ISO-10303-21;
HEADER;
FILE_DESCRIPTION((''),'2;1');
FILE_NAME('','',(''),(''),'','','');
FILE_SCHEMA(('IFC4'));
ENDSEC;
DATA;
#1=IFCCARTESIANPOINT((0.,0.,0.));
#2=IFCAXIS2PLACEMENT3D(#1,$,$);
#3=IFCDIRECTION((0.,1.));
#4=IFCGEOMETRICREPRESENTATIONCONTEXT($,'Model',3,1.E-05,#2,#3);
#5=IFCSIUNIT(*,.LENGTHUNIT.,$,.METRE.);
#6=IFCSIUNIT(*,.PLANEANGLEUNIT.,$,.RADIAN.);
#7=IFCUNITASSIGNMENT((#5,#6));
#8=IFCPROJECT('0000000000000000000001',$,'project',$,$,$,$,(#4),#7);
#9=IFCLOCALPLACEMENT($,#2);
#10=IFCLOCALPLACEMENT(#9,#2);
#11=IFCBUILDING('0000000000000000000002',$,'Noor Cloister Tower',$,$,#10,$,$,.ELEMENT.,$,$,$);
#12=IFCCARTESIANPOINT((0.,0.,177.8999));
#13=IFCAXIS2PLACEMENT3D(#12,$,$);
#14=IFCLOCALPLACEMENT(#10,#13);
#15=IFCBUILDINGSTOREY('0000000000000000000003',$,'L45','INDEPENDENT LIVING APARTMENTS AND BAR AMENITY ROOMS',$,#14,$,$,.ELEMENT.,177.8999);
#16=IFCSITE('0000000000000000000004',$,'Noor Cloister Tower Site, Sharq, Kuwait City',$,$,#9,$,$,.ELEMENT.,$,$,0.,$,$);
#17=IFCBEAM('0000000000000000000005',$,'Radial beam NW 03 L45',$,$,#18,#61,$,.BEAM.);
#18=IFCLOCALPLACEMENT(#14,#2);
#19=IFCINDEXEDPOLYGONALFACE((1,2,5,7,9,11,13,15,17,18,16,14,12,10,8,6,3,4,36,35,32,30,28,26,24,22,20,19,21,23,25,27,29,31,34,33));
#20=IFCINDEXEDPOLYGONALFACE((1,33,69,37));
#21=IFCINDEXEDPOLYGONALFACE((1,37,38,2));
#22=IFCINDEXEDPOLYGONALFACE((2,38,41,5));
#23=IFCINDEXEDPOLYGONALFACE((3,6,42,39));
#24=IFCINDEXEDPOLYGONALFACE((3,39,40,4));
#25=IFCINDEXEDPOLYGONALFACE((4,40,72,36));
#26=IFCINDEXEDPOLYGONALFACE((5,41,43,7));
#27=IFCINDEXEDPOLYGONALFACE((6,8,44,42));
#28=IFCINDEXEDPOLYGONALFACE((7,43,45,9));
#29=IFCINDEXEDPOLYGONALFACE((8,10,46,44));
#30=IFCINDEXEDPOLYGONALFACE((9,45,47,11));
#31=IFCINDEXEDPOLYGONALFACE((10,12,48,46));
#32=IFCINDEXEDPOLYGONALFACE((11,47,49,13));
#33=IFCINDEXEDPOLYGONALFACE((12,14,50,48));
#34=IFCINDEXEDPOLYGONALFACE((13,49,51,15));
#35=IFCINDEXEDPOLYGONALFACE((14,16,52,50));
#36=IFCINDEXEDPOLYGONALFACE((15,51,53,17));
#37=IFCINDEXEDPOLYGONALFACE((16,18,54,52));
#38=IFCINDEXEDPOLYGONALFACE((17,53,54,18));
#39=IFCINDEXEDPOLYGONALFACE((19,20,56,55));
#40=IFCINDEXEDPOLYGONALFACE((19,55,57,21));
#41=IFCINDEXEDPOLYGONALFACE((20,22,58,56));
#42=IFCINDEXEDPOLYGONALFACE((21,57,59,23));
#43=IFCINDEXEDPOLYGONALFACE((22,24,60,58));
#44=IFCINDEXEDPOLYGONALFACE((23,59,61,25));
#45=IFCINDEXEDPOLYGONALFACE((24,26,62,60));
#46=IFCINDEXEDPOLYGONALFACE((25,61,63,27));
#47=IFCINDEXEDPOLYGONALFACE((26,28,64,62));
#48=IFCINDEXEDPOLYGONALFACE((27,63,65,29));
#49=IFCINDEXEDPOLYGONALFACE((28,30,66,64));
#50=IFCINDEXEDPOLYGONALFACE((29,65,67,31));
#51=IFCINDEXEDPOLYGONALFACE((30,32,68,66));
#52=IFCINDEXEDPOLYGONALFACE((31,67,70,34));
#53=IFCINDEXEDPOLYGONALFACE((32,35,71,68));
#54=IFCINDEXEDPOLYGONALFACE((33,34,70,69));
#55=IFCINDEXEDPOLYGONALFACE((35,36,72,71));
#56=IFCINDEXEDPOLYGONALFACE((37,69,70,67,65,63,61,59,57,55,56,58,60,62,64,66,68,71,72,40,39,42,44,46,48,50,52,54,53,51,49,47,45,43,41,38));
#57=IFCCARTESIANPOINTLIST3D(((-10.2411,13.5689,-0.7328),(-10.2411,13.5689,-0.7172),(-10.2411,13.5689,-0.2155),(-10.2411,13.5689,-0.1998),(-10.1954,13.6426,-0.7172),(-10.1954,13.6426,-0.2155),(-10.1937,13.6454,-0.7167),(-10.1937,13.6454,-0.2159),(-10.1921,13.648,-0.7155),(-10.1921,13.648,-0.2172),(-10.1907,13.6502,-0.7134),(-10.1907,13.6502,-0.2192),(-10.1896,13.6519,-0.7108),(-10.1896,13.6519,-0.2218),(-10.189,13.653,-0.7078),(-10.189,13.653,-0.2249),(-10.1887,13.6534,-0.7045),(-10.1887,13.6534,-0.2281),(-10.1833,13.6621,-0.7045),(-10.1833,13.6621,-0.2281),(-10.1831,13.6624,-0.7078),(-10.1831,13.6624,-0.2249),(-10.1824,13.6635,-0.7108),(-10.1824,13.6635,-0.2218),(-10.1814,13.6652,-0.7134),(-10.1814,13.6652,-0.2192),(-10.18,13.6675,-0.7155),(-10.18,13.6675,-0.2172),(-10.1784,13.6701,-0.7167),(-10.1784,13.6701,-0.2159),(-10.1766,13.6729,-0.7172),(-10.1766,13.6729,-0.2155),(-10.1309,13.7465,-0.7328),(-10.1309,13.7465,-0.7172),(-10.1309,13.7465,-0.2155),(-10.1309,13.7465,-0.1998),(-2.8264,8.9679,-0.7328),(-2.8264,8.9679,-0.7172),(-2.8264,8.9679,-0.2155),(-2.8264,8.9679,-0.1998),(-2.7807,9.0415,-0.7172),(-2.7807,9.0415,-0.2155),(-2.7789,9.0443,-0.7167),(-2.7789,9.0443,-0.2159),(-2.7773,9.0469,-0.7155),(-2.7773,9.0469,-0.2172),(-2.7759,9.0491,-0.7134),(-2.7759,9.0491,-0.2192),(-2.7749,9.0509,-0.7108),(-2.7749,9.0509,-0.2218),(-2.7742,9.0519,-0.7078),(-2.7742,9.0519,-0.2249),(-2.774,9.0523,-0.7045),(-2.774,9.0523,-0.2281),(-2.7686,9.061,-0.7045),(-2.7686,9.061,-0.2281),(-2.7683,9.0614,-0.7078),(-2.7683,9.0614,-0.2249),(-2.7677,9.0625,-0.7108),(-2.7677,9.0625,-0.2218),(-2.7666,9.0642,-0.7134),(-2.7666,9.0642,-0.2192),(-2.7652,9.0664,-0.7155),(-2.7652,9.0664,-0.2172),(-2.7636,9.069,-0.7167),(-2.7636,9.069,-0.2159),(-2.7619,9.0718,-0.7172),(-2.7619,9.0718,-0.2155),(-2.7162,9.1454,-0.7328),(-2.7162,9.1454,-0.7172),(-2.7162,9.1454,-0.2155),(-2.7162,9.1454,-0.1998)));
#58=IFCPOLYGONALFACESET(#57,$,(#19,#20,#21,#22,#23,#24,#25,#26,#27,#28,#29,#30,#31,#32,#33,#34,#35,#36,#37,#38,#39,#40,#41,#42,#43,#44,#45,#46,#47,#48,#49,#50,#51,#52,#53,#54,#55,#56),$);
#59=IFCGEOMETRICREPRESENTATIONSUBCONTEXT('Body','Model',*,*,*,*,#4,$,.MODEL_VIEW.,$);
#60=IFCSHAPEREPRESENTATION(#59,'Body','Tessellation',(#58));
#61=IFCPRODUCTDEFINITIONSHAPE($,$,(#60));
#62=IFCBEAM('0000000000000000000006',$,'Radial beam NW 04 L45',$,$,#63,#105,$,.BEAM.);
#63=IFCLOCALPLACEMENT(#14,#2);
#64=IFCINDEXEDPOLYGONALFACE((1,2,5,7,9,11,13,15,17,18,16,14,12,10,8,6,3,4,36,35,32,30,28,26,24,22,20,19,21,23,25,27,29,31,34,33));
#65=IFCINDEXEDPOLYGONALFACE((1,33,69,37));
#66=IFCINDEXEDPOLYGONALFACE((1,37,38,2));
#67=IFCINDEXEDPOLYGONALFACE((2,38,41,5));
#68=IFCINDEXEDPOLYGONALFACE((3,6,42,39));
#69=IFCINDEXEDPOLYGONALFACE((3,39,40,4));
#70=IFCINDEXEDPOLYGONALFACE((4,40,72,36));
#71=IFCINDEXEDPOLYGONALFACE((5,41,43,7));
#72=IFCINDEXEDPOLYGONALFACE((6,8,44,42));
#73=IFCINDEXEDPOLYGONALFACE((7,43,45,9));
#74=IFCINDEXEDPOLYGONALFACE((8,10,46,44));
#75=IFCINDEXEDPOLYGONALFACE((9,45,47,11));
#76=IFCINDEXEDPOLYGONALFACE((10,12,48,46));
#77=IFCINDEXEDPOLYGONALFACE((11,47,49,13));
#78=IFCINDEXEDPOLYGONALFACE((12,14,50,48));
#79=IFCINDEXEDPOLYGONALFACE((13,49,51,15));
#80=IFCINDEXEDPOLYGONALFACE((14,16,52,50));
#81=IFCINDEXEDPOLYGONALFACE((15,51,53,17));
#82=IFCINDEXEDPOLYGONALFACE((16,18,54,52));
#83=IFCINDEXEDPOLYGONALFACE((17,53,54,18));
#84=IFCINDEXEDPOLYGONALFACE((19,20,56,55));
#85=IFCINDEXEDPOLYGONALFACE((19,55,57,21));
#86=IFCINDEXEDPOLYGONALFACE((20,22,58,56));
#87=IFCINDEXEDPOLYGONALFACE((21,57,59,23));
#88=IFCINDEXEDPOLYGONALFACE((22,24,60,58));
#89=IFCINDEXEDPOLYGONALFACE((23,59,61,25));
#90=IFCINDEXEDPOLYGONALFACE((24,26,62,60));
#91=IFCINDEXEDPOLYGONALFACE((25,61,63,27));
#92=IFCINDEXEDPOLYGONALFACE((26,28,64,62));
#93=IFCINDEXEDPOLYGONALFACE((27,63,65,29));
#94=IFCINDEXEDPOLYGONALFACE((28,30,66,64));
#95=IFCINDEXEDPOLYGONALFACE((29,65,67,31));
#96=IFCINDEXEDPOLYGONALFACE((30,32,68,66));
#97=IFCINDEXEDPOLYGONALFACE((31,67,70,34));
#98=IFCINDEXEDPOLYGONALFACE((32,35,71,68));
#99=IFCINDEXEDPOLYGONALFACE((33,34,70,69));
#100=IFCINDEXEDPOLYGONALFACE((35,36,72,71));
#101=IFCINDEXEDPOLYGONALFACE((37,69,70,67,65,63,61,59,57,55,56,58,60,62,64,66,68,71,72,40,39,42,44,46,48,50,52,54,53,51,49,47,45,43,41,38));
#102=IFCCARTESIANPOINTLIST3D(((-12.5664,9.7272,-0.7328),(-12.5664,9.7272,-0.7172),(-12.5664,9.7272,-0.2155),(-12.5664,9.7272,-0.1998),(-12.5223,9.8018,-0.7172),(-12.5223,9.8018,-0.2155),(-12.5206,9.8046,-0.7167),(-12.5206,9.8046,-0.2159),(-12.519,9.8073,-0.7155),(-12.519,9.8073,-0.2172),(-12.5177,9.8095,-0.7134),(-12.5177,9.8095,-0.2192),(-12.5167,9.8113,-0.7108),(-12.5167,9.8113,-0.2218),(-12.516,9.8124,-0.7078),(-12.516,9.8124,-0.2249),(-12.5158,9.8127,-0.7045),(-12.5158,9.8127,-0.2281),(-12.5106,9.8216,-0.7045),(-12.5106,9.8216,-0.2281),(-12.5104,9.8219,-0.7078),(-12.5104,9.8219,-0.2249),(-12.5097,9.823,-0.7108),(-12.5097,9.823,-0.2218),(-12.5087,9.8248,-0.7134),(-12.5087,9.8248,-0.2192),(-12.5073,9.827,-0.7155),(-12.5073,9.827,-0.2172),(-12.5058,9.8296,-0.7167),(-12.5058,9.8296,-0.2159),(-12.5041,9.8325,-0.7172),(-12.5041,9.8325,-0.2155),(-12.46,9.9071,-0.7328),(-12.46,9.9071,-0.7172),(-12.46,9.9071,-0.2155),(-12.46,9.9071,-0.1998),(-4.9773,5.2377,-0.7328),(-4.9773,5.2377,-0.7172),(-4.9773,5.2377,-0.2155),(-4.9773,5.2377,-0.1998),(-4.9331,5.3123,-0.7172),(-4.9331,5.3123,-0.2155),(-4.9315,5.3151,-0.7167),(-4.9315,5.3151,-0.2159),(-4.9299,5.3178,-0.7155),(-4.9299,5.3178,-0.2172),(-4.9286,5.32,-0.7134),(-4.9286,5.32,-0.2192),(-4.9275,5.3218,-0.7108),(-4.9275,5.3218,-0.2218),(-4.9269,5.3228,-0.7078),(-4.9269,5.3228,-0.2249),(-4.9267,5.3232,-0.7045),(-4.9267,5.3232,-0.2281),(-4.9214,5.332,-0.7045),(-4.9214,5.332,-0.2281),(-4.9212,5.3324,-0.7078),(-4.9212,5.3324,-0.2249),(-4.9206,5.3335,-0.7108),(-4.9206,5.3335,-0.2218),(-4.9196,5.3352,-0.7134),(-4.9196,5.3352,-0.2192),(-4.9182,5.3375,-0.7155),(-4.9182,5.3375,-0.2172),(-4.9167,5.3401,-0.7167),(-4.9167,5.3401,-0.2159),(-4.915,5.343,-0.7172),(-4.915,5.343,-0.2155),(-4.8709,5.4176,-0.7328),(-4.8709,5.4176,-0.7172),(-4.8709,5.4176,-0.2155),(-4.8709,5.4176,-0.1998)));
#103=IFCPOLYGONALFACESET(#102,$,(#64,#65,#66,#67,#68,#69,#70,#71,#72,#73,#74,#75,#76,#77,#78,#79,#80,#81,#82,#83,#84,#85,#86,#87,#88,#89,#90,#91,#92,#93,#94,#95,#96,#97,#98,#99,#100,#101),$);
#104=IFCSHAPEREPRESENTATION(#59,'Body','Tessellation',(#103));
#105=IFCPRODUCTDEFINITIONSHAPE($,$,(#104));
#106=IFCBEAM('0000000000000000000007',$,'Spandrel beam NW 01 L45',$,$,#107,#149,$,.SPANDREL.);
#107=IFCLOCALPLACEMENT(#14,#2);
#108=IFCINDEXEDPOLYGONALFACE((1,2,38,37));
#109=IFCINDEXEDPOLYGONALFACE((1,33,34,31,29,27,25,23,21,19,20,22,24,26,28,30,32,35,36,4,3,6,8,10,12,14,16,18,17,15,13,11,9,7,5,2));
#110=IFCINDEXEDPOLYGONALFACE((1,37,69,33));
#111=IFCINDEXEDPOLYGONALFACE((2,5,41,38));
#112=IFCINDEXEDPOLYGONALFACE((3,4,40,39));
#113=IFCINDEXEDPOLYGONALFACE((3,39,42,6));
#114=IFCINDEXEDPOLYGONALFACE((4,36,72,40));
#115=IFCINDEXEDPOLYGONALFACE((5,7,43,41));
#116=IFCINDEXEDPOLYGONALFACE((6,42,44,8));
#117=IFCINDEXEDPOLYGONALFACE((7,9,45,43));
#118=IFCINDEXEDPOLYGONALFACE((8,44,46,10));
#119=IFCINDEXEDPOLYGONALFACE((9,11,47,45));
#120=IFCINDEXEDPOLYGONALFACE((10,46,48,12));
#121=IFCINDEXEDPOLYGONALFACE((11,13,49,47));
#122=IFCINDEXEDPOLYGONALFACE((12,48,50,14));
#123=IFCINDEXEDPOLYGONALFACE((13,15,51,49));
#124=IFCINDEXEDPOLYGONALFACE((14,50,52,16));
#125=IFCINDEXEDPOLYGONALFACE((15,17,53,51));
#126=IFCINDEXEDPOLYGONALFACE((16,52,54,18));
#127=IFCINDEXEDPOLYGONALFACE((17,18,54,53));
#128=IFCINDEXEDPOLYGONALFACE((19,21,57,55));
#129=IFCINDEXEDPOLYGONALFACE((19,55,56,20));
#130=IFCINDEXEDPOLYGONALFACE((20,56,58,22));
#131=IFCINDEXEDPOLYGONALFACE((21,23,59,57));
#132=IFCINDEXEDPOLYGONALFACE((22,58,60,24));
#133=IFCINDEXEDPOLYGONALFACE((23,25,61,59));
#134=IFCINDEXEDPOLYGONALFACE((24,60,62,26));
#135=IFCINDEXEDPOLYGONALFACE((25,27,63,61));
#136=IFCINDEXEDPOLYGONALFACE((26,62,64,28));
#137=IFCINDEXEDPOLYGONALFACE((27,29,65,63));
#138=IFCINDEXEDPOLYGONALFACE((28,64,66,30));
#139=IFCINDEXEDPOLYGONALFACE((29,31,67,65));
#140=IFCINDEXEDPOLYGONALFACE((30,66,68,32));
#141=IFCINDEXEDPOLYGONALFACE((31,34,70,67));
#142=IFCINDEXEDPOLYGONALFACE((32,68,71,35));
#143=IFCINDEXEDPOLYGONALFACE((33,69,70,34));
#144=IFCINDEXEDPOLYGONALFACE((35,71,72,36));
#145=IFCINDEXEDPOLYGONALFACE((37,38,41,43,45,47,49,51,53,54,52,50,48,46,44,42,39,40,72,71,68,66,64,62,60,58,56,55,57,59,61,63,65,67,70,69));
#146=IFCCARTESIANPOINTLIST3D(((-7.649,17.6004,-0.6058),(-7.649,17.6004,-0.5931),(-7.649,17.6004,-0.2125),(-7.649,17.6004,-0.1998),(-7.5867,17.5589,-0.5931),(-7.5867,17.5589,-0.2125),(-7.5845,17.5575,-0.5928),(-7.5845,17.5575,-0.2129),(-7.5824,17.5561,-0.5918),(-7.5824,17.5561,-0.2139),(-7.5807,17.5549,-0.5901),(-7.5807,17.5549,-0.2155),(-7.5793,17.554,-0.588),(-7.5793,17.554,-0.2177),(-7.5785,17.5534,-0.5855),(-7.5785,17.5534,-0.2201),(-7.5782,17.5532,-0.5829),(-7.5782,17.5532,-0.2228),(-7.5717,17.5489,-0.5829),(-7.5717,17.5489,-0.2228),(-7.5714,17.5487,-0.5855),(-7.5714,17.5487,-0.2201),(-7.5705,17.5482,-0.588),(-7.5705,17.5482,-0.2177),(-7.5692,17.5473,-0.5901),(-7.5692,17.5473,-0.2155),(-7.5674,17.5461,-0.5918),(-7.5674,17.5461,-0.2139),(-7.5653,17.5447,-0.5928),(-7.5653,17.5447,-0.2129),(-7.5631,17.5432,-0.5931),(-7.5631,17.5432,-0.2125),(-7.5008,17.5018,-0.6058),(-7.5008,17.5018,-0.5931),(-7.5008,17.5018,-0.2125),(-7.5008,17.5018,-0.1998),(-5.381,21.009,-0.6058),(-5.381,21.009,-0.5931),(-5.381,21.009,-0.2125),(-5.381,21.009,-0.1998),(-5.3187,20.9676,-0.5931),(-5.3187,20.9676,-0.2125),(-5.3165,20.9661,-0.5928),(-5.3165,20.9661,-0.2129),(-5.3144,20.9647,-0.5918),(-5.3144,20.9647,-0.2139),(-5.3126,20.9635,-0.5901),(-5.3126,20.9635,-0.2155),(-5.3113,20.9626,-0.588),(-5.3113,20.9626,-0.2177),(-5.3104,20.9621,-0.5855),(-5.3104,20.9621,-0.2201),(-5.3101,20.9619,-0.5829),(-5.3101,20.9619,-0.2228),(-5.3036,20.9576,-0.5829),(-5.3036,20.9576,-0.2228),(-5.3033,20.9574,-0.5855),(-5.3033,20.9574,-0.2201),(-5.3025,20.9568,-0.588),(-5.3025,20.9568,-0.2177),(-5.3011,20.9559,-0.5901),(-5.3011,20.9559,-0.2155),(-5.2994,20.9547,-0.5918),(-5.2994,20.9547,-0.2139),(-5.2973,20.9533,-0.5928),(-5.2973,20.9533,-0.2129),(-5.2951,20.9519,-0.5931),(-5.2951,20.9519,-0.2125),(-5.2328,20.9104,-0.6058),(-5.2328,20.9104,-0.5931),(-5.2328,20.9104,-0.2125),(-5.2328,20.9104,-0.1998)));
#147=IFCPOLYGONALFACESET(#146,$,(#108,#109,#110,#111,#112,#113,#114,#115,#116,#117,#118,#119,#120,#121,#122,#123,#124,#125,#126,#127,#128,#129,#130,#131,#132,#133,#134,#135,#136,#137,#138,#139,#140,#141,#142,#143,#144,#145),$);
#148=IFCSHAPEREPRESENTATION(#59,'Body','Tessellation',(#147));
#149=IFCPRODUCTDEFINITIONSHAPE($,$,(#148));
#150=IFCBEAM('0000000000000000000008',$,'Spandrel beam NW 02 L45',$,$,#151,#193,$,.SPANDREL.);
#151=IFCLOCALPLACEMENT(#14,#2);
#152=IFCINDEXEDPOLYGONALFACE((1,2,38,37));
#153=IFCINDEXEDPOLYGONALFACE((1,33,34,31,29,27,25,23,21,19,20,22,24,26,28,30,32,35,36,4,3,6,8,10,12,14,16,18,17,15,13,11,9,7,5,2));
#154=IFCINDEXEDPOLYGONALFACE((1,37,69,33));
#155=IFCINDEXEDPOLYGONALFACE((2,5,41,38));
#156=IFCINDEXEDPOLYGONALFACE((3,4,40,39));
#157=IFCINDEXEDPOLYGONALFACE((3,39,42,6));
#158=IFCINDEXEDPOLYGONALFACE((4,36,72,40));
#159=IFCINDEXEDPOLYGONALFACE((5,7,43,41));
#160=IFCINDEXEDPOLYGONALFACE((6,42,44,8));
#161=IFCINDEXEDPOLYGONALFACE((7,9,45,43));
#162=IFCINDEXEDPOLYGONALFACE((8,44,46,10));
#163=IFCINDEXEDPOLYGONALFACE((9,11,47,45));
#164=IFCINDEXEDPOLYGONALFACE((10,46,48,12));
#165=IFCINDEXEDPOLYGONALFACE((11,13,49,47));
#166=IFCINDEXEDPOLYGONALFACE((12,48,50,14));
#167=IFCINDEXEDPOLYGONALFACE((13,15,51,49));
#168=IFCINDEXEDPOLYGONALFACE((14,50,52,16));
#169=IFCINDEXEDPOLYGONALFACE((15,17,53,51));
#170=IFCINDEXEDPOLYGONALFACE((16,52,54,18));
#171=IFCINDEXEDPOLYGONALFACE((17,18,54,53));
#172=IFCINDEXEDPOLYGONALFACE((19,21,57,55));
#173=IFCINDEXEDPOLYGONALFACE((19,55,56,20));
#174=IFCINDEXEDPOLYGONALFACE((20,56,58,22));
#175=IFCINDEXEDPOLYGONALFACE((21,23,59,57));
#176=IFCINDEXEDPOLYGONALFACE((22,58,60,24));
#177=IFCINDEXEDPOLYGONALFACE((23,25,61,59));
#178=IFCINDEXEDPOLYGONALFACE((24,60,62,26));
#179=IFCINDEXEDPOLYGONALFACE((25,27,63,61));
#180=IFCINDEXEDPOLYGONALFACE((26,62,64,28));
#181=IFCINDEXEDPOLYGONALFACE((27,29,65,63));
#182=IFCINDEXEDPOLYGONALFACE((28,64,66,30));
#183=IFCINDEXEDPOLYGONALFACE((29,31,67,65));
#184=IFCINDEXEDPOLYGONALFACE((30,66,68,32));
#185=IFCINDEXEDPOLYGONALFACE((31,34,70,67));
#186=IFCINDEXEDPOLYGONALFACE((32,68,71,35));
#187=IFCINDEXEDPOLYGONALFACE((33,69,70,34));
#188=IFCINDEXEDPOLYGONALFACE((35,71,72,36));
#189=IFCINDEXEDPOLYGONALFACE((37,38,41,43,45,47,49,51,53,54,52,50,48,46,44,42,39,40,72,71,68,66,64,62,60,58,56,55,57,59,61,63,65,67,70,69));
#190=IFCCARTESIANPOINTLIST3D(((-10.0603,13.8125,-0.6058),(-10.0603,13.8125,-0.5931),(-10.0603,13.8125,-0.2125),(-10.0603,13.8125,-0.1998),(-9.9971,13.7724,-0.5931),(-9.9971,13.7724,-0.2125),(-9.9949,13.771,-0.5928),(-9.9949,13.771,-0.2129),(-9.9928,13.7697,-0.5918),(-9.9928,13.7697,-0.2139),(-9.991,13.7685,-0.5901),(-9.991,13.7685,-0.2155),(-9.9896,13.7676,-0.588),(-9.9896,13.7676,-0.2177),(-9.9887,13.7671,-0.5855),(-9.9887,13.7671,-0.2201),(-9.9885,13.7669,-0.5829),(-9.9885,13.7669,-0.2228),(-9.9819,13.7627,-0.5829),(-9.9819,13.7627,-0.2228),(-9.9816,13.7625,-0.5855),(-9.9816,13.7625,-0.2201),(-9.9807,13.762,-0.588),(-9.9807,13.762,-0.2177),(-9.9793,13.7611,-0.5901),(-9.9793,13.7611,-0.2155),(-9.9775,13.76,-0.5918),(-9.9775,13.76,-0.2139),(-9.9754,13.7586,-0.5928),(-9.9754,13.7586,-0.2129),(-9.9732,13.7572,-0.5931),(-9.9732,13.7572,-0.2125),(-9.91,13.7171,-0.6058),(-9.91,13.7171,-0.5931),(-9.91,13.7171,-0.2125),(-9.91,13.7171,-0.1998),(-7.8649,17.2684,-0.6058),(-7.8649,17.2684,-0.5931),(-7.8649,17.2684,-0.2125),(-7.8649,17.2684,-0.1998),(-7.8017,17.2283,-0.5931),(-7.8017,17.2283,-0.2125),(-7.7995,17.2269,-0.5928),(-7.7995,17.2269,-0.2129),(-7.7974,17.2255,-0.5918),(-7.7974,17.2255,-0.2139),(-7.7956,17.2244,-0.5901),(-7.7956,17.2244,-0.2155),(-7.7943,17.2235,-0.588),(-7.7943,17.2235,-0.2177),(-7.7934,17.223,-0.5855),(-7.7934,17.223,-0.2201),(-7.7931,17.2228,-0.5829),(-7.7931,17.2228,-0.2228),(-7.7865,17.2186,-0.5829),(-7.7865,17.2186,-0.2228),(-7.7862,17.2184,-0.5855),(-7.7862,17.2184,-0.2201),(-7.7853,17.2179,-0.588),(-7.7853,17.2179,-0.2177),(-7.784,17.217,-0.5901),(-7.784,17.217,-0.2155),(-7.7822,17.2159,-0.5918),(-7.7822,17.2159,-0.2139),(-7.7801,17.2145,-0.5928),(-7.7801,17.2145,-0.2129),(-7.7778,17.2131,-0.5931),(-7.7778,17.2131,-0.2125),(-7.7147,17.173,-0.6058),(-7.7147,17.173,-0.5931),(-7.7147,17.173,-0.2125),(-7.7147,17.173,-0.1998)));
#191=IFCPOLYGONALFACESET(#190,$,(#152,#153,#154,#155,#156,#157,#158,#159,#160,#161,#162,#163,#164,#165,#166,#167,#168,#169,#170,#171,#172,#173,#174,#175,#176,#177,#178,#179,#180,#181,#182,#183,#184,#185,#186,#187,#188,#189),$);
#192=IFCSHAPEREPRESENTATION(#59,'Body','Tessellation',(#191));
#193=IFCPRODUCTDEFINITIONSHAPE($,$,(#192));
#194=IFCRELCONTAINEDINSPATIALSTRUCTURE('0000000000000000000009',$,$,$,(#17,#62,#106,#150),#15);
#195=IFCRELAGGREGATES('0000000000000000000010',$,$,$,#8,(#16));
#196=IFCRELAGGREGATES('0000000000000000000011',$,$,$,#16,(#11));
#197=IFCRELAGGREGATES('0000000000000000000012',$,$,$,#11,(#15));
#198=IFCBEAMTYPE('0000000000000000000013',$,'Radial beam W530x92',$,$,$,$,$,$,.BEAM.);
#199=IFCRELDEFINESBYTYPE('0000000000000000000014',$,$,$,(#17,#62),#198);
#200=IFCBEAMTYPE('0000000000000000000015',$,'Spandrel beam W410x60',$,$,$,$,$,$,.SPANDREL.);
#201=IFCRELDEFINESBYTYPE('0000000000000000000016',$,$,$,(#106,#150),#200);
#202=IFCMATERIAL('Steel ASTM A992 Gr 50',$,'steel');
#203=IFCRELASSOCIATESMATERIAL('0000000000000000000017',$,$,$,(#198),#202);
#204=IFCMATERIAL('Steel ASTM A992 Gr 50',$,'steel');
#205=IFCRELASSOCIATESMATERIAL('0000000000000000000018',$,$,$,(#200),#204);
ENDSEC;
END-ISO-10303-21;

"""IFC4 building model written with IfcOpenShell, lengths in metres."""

from ifc_helpers import new_model, si_unit, direction, frame, origin, origin_2d, place, context, subcontext, project, spatial, i_section, extrude, material, material_profile, profile_set, type_object, element, save


model = new_model("IFC4")

# Units and contexts
model_context = context("Model", 3, precision=1e-05, world=origin(), true_north=direction((0.0, 1.0)))
body_context = subcontext(model_context, "Body", "Model", "MODEL_VIEW")
ifc_project = project(units=[si_unit("LENGTHUNIT", "METRE"), si_unit("PLANEANGLEUNIT", "RADIAN")], contexts=[model_context])

# Site, building, storey
site_placement = place(None, origin())
site = spatial("IfcSite", under=ifc_project, at=site_placement, Name="Noor Cloister Tower Site, Sharq, Kuwait City", CompositionType="ELEMENT", RefElevation=0.0)
building_placement = place(site_placement, origin())
building = spatial("IfcBuilding", under=site, at=building_placement, Name="Noor Cloister Tower", CompositionType="ELEMENT")
storey_placement = place(building_placement, frame((0.0, 0.0, 177.8999)))
storey = spatial("IfcBuildingStorey", under=building, at=storey_placement, Name="L45", Description="INDEPENDENT LIVING APARTMENTS AND BAR AMENITY ROOMS", CompositionType="ELEMENT", Elevation=177.8999)

# Beams
ifc_material_1 = material(Name="Steel ASTM A992 Gr 50", Category="steel")
ifc_material_profile_1 = material_profile(ifc_material_1, i_section(OverallWidth=0.209, OverallDepth=0.533, WebThickness=0.0103, FlangeThickness=0.0156, FilletRadius=0.0127, at=origin_2d()), Name="W530x92")
ifc_profile_set_1 = profile_set([ifc_material_profile_1], Name="Steel ASTM A992 Gr 50")
beam_type_1 = type_object("IfcBeamType", Name="Radial beam W530x92", PredefinedType="BEAM", material=ifc_profile_set_1)
beam_1_placement = place(storey_placement, frame((-10.186, 13.6577, -0.4663), z_axis=(0.849702, -0.527263, 0.0), x_axis=(0.527263, 0.849702, 0.0)))
element("IfcBeam", 1, at=beam_1_placement, inside=storey, type_object=beam_type_1, Name="Radial beam NW 03 L45", PredefinedType="BEAM", context=body_context, shape_type="SweptSolid", body=[
    extrude(i_section(OverallWidth=0.209, OverallDepth=0.533, WebThickness=0.0103, FlangeThickness=0.0156, FilletRadius=0.0127, at=origin_2d()), origin(), (0.0, 0.0, 1.0), 8.7263),
])
beam_2_placement = place(storey_placement, frame((-12.5132, 9.8171, -0.4663), z_axis=(0.860677, -0.509152, 0.0), x_axis=(0.509152, 0.860677, 0.0)))
element("IfcBeam", 2, at=beam_2_placement, inside=storey, type_object=beam_type_1, Name="Radial beam NW 04 L45", PredefinedType="BEAM", context=body_context, shape_type="SweptSolid", body=[
    extrude(i_section(OverallWidth=0.209, OverallDepth=0.533, WebThickness=0.0103, FlangeThickness=0.0156, FilletRadius=0.0127, at=origin_2d()), origin(), (0.0, 0.0, 1.0), 8.8176),
])
ifc_material_2 = material(Name="Steel ASTM A992 Gr 50", Category="steel")
ifc_material_profile_2 = material_profile(ifc_material_2, i_section(OverallWidth=0.178, OverallDepth=0.406, WebThickness=0.0078, FlangeThickness=0.0127, FilletRadius=0.0103, at=origin_2d()), Name="W410x60")
ifc_profile_set_2 = profile_set([ifc_material_profile_2], Name="Steel ASTM A992 Gr 50")
beam_type_2 = type_object("IfcBeamType", Name="Spandrel beam W410x60", PredefinedType="SPANDREL", material=ifc_profile_set_2)
for number, where, z_axis, x_axis, name in (
    (3, (-5.3069, 20.9597, -0.4028), (-0.553957, -0.832545, 0.0), (0.832545, -0.553957, 0.0), "Spandrel beam NW 01 L45"),
    (4, (-7.7898, 17.2207, -0.4028), (-0.536208, -0.844086, 0.0), (0.844086, -0.536208, 0.0), "Spandrel beam NW 02 L45"),
):
    element("IfcBeam", number, at=place(storey_placement, frame(where, z_axis=z_axis, x_axis=x_axis)), inside=storey, type_object=beam_type_2, Name=name, PredefinedType="SPANDREL", context=body_context, shape_type="SweptSolid", body=[
        extrude(i_section(OverallWidth=0.178, OverallDepth=0.406, WebThickness=0.0078, FlangeThickness=0.0127, FilletRadius=0.0103, at=origin_2d()), origin(), (0.0, 0.0, 1.0), 4.0942),
    ])

save(model, "model.ifc")
